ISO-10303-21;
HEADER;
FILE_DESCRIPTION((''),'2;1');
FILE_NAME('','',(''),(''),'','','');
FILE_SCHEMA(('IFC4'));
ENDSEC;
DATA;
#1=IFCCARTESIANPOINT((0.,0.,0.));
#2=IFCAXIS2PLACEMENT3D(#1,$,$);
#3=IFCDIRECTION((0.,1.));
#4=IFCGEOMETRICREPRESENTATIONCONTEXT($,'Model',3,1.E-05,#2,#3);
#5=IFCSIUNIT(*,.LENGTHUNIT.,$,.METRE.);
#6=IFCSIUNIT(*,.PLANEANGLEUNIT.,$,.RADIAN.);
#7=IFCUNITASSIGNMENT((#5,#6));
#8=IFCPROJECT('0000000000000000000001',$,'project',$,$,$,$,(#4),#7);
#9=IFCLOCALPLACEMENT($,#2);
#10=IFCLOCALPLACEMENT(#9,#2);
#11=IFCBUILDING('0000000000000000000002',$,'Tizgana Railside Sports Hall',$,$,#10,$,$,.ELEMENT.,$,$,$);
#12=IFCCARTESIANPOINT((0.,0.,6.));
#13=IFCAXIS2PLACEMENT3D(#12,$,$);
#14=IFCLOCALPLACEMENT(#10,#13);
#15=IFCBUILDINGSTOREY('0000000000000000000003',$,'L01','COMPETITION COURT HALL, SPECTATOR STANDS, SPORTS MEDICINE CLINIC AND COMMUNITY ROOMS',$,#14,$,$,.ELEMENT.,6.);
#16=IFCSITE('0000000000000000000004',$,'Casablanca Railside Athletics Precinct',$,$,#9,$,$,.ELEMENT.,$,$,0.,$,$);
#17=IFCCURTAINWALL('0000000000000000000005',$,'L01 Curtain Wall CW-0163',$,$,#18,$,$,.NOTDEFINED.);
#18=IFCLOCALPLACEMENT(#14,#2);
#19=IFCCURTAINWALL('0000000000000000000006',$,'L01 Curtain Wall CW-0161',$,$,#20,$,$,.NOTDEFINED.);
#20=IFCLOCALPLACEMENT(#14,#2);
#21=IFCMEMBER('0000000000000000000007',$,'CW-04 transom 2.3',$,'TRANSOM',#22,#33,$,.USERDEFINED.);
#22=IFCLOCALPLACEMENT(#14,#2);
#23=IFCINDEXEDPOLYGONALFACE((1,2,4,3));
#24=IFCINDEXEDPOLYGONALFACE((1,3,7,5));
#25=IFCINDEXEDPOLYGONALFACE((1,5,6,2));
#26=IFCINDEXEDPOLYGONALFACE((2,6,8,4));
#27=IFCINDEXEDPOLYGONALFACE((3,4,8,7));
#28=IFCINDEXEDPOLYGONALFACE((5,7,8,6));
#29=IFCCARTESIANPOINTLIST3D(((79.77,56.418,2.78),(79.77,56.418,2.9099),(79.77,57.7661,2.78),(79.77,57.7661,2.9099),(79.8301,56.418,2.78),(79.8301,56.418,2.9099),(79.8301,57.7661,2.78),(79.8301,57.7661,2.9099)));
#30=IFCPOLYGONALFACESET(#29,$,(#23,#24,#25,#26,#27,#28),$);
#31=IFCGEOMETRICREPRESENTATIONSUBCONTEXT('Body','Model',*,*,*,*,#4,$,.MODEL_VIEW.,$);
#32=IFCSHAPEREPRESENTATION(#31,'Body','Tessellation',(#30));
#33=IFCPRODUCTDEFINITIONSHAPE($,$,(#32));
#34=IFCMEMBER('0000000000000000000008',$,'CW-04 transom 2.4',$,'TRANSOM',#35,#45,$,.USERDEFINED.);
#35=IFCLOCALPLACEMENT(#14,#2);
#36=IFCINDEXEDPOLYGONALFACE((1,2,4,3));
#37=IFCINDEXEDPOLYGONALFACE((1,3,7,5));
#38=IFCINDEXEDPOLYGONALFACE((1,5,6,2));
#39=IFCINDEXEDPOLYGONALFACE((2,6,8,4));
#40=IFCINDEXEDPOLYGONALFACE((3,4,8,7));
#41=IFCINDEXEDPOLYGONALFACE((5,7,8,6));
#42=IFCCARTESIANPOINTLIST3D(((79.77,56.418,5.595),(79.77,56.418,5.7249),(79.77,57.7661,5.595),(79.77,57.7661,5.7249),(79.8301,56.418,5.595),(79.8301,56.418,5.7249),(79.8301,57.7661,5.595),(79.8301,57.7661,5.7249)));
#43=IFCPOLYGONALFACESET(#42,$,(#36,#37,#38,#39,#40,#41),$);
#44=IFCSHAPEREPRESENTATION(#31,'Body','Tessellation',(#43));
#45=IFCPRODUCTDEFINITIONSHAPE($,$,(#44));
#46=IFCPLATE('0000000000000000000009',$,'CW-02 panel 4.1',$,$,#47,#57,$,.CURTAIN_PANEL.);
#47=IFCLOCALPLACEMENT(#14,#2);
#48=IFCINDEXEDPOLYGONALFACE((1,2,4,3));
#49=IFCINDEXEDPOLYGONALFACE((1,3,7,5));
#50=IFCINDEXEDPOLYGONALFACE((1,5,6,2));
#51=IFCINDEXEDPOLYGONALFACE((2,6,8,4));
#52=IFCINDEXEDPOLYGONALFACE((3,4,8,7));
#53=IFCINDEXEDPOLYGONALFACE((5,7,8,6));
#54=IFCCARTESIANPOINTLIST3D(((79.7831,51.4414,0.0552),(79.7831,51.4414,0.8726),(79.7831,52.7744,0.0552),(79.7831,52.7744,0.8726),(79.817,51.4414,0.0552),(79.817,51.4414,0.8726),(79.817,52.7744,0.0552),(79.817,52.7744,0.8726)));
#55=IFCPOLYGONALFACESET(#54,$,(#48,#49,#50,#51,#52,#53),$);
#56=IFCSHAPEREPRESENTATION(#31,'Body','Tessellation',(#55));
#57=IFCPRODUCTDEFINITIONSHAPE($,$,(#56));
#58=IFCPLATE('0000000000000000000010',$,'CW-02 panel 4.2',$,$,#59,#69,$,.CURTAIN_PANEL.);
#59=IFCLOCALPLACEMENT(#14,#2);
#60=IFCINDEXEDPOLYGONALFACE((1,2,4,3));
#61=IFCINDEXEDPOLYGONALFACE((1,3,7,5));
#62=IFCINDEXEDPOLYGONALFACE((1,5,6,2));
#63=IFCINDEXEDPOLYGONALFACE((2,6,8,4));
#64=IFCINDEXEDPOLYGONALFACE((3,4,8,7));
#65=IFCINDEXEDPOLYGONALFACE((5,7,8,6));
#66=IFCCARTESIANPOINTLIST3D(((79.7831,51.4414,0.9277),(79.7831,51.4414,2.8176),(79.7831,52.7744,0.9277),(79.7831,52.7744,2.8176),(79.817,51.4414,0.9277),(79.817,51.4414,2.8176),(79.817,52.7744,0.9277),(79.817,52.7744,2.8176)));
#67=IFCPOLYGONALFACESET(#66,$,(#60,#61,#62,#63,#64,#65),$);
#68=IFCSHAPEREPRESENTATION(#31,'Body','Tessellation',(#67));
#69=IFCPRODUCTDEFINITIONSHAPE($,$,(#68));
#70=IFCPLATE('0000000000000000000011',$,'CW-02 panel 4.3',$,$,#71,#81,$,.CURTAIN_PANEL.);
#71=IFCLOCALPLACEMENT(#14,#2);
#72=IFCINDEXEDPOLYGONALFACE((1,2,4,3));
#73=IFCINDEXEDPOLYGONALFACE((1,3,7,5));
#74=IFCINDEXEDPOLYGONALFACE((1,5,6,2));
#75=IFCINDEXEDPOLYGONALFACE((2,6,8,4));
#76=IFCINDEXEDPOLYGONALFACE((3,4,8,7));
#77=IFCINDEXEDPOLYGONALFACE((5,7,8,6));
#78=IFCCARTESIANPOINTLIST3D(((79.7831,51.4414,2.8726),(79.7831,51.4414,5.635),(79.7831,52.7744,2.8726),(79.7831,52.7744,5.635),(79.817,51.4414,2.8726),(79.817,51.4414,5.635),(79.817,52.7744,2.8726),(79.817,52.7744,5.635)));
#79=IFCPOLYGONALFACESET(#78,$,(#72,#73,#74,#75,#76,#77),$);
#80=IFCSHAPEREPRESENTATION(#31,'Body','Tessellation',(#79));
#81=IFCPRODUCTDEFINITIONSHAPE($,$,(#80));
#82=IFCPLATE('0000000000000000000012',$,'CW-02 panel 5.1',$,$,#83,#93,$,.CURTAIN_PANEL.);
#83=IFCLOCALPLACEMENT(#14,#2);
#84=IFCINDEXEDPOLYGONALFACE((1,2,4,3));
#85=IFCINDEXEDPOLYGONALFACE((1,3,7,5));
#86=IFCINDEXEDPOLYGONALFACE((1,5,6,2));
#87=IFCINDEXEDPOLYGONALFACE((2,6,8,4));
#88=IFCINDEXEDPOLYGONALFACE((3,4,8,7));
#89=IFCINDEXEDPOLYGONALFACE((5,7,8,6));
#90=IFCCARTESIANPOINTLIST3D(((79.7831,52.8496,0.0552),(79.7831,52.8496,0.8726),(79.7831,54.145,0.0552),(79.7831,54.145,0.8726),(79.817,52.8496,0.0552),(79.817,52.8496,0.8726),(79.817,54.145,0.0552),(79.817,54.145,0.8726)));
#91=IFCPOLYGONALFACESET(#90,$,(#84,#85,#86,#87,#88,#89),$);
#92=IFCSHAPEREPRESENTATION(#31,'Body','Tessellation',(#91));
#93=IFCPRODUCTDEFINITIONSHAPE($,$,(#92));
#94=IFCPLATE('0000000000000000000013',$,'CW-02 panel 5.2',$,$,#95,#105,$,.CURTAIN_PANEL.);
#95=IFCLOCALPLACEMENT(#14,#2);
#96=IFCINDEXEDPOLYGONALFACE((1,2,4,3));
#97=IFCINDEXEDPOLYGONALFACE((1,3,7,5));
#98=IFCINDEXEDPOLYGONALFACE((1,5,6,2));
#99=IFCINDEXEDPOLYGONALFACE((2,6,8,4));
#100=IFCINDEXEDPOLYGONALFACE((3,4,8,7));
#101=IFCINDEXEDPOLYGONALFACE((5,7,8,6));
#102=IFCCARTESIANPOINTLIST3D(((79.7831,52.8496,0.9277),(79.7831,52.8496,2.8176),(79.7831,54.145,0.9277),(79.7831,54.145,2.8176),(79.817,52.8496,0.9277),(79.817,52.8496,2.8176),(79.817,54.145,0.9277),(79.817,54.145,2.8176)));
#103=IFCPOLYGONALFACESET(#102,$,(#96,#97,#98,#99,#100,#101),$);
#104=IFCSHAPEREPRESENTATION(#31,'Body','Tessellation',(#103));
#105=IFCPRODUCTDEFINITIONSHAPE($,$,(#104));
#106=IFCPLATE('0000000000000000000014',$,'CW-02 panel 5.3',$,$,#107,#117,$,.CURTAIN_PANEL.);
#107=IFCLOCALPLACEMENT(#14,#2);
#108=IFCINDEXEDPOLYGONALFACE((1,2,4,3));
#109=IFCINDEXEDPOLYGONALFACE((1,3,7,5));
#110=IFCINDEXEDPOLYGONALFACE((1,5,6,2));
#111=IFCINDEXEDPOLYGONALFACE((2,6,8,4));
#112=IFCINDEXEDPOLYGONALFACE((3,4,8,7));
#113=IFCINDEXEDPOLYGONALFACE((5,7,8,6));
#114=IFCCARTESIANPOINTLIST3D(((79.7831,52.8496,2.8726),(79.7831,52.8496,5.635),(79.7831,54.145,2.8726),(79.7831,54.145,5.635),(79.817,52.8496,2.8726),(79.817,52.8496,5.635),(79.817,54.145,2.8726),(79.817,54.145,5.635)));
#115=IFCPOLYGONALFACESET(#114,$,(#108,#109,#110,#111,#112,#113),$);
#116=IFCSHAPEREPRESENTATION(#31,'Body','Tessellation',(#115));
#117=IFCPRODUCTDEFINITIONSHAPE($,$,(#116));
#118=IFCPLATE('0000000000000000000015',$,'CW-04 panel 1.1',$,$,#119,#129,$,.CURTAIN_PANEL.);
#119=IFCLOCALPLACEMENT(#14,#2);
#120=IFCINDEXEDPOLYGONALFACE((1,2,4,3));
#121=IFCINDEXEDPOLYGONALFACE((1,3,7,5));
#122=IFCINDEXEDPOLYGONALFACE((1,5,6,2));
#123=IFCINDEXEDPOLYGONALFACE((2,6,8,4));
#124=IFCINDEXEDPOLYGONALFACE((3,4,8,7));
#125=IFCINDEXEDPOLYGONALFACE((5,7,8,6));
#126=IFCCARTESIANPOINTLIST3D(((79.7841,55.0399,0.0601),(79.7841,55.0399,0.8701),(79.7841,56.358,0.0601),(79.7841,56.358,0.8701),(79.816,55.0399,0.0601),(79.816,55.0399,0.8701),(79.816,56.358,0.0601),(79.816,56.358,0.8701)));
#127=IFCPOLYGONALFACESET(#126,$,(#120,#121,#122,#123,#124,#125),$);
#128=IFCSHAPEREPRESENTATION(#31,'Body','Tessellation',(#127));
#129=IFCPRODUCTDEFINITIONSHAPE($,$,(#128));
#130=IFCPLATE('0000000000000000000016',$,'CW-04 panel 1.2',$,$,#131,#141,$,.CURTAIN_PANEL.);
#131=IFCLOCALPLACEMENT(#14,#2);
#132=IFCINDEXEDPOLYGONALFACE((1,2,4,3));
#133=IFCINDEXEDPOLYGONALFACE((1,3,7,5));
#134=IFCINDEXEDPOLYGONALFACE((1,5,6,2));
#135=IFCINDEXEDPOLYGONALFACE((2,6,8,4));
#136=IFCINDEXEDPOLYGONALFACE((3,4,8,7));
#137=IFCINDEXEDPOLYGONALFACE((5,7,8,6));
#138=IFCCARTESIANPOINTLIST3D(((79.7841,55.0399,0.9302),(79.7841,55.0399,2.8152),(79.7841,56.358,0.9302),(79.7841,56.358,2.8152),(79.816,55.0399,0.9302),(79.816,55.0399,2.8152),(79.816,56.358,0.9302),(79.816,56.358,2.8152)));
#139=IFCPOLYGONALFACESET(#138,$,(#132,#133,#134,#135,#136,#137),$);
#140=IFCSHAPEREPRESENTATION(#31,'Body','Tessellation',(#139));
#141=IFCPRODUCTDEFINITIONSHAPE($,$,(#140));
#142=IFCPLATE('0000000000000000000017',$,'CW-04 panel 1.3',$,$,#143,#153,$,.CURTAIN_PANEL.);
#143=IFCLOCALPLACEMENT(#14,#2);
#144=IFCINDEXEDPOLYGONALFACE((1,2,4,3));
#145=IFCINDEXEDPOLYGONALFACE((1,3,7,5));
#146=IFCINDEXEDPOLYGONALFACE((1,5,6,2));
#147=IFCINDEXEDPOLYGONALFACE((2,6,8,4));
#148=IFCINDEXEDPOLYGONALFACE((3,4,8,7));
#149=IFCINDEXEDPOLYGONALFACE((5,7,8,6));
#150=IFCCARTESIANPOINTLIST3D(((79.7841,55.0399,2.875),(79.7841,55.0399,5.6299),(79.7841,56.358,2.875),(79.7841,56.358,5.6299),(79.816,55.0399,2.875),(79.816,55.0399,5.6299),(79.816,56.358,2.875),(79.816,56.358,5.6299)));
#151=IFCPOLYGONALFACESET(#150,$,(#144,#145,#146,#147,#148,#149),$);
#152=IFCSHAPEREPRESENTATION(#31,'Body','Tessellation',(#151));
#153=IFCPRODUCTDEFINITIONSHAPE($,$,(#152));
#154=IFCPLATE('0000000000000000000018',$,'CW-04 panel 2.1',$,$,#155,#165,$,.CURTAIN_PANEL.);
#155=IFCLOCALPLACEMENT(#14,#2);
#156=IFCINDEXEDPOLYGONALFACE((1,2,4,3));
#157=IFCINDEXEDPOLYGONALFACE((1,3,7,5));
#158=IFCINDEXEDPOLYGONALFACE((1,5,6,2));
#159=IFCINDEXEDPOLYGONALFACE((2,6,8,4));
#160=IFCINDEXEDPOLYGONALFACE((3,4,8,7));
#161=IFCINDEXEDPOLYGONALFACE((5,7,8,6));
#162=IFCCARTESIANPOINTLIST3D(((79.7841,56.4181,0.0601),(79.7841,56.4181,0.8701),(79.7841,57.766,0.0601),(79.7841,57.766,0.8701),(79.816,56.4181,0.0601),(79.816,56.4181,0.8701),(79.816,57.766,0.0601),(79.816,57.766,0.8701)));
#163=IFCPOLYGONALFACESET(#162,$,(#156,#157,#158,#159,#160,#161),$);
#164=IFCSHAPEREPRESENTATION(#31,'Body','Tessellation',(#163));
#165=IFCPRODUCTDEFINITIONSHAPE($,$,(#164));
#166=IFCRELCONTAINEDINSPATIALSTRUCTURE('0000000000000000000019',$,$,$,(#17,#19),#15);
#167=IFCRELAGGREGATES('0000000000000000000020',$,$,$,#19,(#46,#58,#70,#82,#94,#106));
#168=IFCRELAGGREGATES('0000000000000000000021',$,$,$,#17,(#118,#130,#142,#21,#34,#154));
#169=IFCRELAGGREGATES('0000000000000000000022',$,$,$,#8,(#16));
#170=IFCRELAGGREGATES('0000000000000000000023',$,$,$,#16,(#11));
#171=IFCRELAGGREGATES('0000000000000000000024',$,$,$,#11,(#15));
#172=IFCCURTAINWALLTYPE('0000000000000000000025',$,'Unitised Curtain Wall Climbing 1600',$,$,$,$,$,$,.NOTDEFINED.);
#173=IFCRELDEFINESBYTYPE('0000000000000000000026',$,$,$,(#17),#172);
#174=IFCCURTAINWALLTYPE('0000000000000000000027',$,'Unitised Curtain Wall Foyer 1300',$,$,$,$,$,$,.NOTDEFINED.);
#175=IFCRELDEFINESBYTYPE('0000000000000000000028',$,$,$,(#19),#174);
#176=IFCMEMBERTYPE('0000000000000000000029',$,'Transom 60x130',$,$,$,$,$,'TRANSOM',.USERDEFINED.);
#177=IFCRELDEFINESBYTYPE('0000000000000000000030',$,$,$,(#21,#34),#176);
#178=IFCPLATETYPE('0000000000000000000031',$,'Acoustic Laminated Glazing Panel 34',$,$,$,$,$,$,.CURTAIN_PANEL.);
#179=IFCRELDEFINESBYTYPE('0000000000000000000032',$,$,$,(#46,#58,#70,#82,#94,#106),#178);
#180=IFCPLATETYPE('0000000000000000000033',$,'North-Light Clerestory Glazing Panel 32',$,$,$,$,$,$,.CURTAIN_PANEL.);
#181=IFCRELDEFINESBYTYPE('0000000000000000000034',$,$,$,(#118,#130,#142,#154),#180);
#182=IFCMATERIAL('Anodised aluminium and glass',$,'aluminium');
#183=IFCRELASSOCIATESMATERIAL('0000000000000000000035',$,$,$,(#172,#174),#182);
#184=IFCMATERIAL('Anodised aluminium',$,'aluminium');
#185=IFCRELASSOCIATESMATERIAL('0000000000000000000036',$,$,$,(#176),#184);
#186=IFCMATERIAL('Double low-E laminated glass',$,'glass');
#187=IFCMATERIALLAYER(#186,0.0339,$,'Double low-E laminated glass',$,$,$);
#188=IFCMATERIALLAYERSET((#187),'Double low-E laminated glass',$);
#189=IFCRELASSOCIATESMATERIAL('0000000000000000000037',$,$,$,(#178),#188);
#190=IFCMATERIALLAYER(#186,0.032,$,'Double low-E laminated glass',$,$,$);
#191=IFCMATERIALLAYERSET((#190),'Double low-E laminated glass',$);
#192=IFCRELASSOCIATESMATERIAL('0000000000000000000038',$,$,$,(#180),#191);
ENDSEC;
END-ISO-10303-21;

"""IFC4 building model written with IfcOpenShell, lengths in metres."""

from ifc_helpers import new_model, si_unit, direction, frame, origin, origin_2d, place, context, subcontext, project, spatial, rectangle, extrude, material, layer, layer_set, material_profile, profile_set, type_object, element, aggregate, save


model = new_model("IFC4")

# Units and contexts
model_context = context("Model", 3, precision=1e-05, world=origin(), true_north=direction((0.0, 1.0)))
body_context = subcontext(model_context, "Body", "Model", "MODEL_VIEW")
ifc_project = project(units=[si_unit("LENGTHUNIT", "METRE"), si_unit("PLANEANGLEUNIT", "RADIAN")], contexts=[model_context])

# Site, building, storey
site_placement = place(None, origin())
site = spatial("IfcSite", under=ifc_project, at=site_placement, Name="Casablanca Railside Athletics Precinct", CompositionType="ELEMENT", RefElevation=0.0)
building_placement = place(site_placement, origin())
building = spatial("IfcBuilding", under=site, at=building_placement, Name="Tizgana Railside Sports Hall", CompositionType="ELEMENT")
storey_placement = place(building_placement, frame((0.0, 0.0, 6.0)))
storey = spatial("IfcBuildingStorey", under=building, at=storey_placement, Name="L01", Description="COMPETITION COURT HALL, SPECTATOR STANDS, SPORTS MEDICINE CLINIC AND COMMUNITY ROOMS", CompositionType="ELEMENT", Elevation=6.0)

# Curtain walls
ifc_material_1 = material(Name="Anodised aluminium and glass", Category="aluminium")
curtain_wall_type_1 = type_object("IfcCurtainWallType", Name="Unitised Curtain Wall Climbing 1600", PredefinedType="NOTDEFINED", material=ifc_material_1)
curtain_wall_1_placement = place(storey_placement, origin())
curtain_wall_1 = element("IfcCurtainWall", 1, at=curtain_wall_1_placement, inside=storey, type_object=curtain_wall_type_1, Name="L01 Curtain Wall CW-0163", PredefinedType="NOTDEFINED")
ifc_material_2 = material(Name="Anodised aluminium", Category="aluminium")
curtain_wall_type_2 = type_object("IfcCurtainWallType", Name="Unitised Curtain Wall Foyer 1300", PredefinedType="NOTDEFINED", material=ifc_material_1)
curtain_wall_2_placement = place(storey_placement, origin())
curtain_wall_2 = element("IfcCurtainWall", 2, at=curtain_wall_2_placement, inside=storey, type_object=curtain_wall_type_2, Name="L01 Curtain Wall CW-0161", PredefinedType="NOTDEFINED")

# Members
ifc_material_profile_1 = material_profile(ifc_material_2, rectangle(XDim=0.0601, YDim=0.1299, at=origin_2d()), Name="Transom 60x130")
ifc_profile_set_1 = profile_set([ifc_material_profile_1], Name="Anodised aluminium")
member_type_1 = type_object("IfcMemberType", Name="Transom 60x130", ElementType="TRANSOM", PredefinedType="USERDEFINED", material=ifc_profile_set_1)
member_1_placement = place(storey_placement, frame((79.8, 56.418, 2.845), z_axis=(0.0, 1.0, 0.0), x_axis=(-1.0, 0.0, 0.0)))
member_1 = element("IfcMember", 3, at=member_1_placement, type_object=member_type_1, Name="CW-04 transom 2.3", ObjectType="TRANSOM", PredefinedType="USERDEFINED", context=body_context, shape_type="SweptSolid", body=[
    extrude(rectangle(XDim=0.0601, YDim=0.1299, at=origin_2d()), origin(), (0.0, 0.0, 1.0), 1.3481),
])
member_2_placement = place(storey_placement, frame((79.8, 56.418, 5.6599), z_axis=(0.0, 1.0, 0.0), x_axis=(-1.0, 0.0, 0.0)))
member_2 = element("IfcMember", 4, at=member_2_placement, type_object=member_type_1, Name="CW-04 transom 2.4", ObjectType="TRANSOM", PredefinedType="USERDEFINED", context=body_context, shape_type="SweptSolid", body=[
    extrude(rectangle(XDim=0.0601, YDim=0.1299, at=origin_2d()), origin(), (0.0, 0.0, 1.0), 1.3481),
])

# Plates
ifc_material_3 = material(Name="Double low-E laminated glass", Category="glass")
ifc_layer_1 = layer(ifc_material_3, 0.0339, Name="Double low-E laminated glass")
ifc_layer_set_1 = layer_set([ifc_layer_1], Name="Double low-E laminated glass")
plate_type_1 = type_object("IfcPlateType", Name="Acoustic Laminated Glazing Panel 34", PredefinedType="CURTAIN_PANEL", material=ifc_layer_set_1)
plate_1_placement = place(storey_placement, frame((79.8, 52.1079, 0.0552), z_axis=(0.0, 0.0, 1.0), x_axis=(0.0, 1.0, 0.0)))
plate_1 = element("IfcPlate", 5, at=plate_1_placement, type_object=plate_type_1, Name="CW-02 panel 4.1", PredefinedType="CURTAIN_PANEL", context=body_context, shape_type="SweptSolid", body=[
    extrude(rectangle(XDim=1.333, YDim=0.0339, at=origin_2d()), origin(), (0.0, 0.0, 1.0), 0.8174),
])
plate_2_placement = place(storey_placement, frame((79.8, 52.1079, 0.9277), z_axis=(0.0, 0.0, 1.0), x_axis=(0.0, 1.0, 0.0)))
plate_2 = element("IfcPlate", 6, at=plate_2_placement, type_object=plate_type_1, Name="CW-02 panel 4.2", PredefinedType="CURTAIN_PANEL", context=body_context, shape_type="SweptSolid", body=[
    extrude(rectangle(XDim=1.333, YDim=0.0339, at=origin_2d()), origin(), (0.0, 0.0, 1.0), 1.8899),
])
plate_3_placement = place(storey_placement, frame((79.8, 52.1079, 2.8726), z_axis=(0.0, 0.0, 1.0), x_axis=(0.0, 1.0, 0.0)))
plate_3 = element("IfcPlate", 7, at=plate_3_placement, type_object=plate_type_1, Name="CW-02 panel 4.3", PredefinedType="CURTAIN_PANEL", context=body_context, shape_type="SweptSolid", body=[
    extrude(rectangle(XDim=1.333, YDim=0.0339, at=origin_2d()), origin(), (0.0, 0.0, 1.0), 2.7625),
])
plate_4_placement = place(storey_placement, frame((79.8, 53.4973, 0.0552), z_axis=(0.0, 0.0, 1.0), x_axis=(0.0, 1.0, 0.0)))
plate_4 = element("IfcPlate", 8, at=plate_4_placement, type_object=plate_type_1, Name="CW-02 panel 5.1", PredefinedType="CURTAIN_PANEL", context=body_context, shape_type="SweptSolid", body=[
    extrude(rectangle(XDim=1.2954, YDim=0.0339, at=origin_2d()), origin(), (0.0, 0.0, 1.0), 0.8174),
])
plate_5_placement = place(storey_placement, frame((79.8, 53.4973, 0.9277), z_axis=(0.0, 0.0, 1.0), x_axis=(0.0, 1.0, 0.0)))
plate_5 = element("IfcPlate", 9, at=plate_5_placement, type_object=plate_type_1, Name="CW-02 panel 5.2", PredefinedType="CURTAIN_PANEL", context=body_context, shape_type="SweptSolid", body=[
    extrude(rectangle(XDim=1.2954, YDim=0.0339, at=origin_2d()), origin(), (0.0, 0.0, 1.0), 1.8899),
])
plate_6_placement = place(storey_placement, frame((79.8, 53.4973, 2.8726), z_axis=(0.0, 0.0, 1.0), x_axis=(0.0, 1.0, 0.0)))
plate_6 = element("IfcPlate", 10, at=plate_6_placement, type_object=plate_type_1, Name="CW-02 panel 5.3", PredefinedType="CURTAIN_PANEL", context=body_context, shape_type="SweptSolid", body=[
    extrude(rectangle(XDim=1.2954, YDim=0.0339, at=origin_2d()), origin(), (0.0, 0.0, 1.0), 2.7625),
])
aggregate(curtain_wall_2, [plate_1, plate_2, plate_3, plate_4, plate_5, plate_6])
ifc_layer_2 = layer(ifc_material_3, 0.032, Name="Double low-E laminated glass")
ifc_layer_set_2 = layer_set([ifc_layer_2], Name="Double low-E laminated glass")
plate_type_2 = type_object("IfcPlateType", Name="North-Light Clerestory Glazing Panel 32", PredefinedType="CURTAIN_PANEL", material=ifc_layer_set_2)
plate_7_placement = place(storey_placement, frame((79.8, 55.699, 0.0601), z_axis=(0.0, 0.0, 1.0), x_axis=(0.0, 1.0, 0.0)))
plate_7 = element("IfcPlate", 11, at=plate_7_placement, type_object=plate_type_2, Name="CW-04 panel 1.1", PredefinedType="CURTAIN_PANEL", context=body_context, shape_type="SweptSolid", body=[
    extrude(rectangle(XDim=1.3181, YDim=0.032, at=origin_2d()), origin(), (0.0, 0.0, 1.0), 0.8101),
])
plate_8_placement = place(storey_placement, frame((79.8, 55.699, 0.9302), z_axis=(0.0, 0.0, 1.0), x_axis=(0.0, 1.0, 0.0)))
plate_8 = element("IfcPlate", 12, at=plate_8_placement, type_object=plate_type_2, Name="CW-04 panel 1.2", PredefinedType="CURTAIN_PANEL", context=body_context, shape_type="SweptSolid", body=[
    extrude(rectangle(XDim=1.3181, YDim=0.032, at=origin_2d()), origin(), (0.0, 0.0, 1.0), 1.885),
])
plate_9_placement = place(storey_placement, frame((79.8, 55.699, 2.875), z_axis=(0.0, 0.0, 1.0), x_axis=(0.0, 1.0, 0.0)))
plate_9 = element("IfcPlate", 13, at=plate_9_placement, type_object=plate_type_2, Name="CW-04 panel 1.3", PredefinedType="CURTAIN_PANEL", context=body_context, shape_type="SweptSolid", body=[
    extrude(rectangle(XDim=1.3181, YDim=0.032, at=origin_2d()), origin(), (0.0, 0.0, 1.0), 2.7549),
])
plate_10_placement = place(storey_placement, frame((79.8, 57.092, 0.0601), z_axis=(0.0, 0.0, 1.0), x_axis=(0.0, 1.0, 0.0)))
plate_10 = element("IfcPlate", 14, at=plate_10_placement, type_object=plate_type_2, Name="CW-04 panel 2.1", PredefinedType="CURTAIN_PANEL", context=body_context, shape_type="SweptSolid", body=[
    extrude(rectangle(XDim=1.3479, YDim=0.032, at=origin_2d()), origin(), (0.0, 0.0, 1.0), 0.8101),
])
aggregate(curtain_wall_1, [plate_7, plate_8, plate_9, member_1, member_2, plate_10])

save(model, "model.ifc")
